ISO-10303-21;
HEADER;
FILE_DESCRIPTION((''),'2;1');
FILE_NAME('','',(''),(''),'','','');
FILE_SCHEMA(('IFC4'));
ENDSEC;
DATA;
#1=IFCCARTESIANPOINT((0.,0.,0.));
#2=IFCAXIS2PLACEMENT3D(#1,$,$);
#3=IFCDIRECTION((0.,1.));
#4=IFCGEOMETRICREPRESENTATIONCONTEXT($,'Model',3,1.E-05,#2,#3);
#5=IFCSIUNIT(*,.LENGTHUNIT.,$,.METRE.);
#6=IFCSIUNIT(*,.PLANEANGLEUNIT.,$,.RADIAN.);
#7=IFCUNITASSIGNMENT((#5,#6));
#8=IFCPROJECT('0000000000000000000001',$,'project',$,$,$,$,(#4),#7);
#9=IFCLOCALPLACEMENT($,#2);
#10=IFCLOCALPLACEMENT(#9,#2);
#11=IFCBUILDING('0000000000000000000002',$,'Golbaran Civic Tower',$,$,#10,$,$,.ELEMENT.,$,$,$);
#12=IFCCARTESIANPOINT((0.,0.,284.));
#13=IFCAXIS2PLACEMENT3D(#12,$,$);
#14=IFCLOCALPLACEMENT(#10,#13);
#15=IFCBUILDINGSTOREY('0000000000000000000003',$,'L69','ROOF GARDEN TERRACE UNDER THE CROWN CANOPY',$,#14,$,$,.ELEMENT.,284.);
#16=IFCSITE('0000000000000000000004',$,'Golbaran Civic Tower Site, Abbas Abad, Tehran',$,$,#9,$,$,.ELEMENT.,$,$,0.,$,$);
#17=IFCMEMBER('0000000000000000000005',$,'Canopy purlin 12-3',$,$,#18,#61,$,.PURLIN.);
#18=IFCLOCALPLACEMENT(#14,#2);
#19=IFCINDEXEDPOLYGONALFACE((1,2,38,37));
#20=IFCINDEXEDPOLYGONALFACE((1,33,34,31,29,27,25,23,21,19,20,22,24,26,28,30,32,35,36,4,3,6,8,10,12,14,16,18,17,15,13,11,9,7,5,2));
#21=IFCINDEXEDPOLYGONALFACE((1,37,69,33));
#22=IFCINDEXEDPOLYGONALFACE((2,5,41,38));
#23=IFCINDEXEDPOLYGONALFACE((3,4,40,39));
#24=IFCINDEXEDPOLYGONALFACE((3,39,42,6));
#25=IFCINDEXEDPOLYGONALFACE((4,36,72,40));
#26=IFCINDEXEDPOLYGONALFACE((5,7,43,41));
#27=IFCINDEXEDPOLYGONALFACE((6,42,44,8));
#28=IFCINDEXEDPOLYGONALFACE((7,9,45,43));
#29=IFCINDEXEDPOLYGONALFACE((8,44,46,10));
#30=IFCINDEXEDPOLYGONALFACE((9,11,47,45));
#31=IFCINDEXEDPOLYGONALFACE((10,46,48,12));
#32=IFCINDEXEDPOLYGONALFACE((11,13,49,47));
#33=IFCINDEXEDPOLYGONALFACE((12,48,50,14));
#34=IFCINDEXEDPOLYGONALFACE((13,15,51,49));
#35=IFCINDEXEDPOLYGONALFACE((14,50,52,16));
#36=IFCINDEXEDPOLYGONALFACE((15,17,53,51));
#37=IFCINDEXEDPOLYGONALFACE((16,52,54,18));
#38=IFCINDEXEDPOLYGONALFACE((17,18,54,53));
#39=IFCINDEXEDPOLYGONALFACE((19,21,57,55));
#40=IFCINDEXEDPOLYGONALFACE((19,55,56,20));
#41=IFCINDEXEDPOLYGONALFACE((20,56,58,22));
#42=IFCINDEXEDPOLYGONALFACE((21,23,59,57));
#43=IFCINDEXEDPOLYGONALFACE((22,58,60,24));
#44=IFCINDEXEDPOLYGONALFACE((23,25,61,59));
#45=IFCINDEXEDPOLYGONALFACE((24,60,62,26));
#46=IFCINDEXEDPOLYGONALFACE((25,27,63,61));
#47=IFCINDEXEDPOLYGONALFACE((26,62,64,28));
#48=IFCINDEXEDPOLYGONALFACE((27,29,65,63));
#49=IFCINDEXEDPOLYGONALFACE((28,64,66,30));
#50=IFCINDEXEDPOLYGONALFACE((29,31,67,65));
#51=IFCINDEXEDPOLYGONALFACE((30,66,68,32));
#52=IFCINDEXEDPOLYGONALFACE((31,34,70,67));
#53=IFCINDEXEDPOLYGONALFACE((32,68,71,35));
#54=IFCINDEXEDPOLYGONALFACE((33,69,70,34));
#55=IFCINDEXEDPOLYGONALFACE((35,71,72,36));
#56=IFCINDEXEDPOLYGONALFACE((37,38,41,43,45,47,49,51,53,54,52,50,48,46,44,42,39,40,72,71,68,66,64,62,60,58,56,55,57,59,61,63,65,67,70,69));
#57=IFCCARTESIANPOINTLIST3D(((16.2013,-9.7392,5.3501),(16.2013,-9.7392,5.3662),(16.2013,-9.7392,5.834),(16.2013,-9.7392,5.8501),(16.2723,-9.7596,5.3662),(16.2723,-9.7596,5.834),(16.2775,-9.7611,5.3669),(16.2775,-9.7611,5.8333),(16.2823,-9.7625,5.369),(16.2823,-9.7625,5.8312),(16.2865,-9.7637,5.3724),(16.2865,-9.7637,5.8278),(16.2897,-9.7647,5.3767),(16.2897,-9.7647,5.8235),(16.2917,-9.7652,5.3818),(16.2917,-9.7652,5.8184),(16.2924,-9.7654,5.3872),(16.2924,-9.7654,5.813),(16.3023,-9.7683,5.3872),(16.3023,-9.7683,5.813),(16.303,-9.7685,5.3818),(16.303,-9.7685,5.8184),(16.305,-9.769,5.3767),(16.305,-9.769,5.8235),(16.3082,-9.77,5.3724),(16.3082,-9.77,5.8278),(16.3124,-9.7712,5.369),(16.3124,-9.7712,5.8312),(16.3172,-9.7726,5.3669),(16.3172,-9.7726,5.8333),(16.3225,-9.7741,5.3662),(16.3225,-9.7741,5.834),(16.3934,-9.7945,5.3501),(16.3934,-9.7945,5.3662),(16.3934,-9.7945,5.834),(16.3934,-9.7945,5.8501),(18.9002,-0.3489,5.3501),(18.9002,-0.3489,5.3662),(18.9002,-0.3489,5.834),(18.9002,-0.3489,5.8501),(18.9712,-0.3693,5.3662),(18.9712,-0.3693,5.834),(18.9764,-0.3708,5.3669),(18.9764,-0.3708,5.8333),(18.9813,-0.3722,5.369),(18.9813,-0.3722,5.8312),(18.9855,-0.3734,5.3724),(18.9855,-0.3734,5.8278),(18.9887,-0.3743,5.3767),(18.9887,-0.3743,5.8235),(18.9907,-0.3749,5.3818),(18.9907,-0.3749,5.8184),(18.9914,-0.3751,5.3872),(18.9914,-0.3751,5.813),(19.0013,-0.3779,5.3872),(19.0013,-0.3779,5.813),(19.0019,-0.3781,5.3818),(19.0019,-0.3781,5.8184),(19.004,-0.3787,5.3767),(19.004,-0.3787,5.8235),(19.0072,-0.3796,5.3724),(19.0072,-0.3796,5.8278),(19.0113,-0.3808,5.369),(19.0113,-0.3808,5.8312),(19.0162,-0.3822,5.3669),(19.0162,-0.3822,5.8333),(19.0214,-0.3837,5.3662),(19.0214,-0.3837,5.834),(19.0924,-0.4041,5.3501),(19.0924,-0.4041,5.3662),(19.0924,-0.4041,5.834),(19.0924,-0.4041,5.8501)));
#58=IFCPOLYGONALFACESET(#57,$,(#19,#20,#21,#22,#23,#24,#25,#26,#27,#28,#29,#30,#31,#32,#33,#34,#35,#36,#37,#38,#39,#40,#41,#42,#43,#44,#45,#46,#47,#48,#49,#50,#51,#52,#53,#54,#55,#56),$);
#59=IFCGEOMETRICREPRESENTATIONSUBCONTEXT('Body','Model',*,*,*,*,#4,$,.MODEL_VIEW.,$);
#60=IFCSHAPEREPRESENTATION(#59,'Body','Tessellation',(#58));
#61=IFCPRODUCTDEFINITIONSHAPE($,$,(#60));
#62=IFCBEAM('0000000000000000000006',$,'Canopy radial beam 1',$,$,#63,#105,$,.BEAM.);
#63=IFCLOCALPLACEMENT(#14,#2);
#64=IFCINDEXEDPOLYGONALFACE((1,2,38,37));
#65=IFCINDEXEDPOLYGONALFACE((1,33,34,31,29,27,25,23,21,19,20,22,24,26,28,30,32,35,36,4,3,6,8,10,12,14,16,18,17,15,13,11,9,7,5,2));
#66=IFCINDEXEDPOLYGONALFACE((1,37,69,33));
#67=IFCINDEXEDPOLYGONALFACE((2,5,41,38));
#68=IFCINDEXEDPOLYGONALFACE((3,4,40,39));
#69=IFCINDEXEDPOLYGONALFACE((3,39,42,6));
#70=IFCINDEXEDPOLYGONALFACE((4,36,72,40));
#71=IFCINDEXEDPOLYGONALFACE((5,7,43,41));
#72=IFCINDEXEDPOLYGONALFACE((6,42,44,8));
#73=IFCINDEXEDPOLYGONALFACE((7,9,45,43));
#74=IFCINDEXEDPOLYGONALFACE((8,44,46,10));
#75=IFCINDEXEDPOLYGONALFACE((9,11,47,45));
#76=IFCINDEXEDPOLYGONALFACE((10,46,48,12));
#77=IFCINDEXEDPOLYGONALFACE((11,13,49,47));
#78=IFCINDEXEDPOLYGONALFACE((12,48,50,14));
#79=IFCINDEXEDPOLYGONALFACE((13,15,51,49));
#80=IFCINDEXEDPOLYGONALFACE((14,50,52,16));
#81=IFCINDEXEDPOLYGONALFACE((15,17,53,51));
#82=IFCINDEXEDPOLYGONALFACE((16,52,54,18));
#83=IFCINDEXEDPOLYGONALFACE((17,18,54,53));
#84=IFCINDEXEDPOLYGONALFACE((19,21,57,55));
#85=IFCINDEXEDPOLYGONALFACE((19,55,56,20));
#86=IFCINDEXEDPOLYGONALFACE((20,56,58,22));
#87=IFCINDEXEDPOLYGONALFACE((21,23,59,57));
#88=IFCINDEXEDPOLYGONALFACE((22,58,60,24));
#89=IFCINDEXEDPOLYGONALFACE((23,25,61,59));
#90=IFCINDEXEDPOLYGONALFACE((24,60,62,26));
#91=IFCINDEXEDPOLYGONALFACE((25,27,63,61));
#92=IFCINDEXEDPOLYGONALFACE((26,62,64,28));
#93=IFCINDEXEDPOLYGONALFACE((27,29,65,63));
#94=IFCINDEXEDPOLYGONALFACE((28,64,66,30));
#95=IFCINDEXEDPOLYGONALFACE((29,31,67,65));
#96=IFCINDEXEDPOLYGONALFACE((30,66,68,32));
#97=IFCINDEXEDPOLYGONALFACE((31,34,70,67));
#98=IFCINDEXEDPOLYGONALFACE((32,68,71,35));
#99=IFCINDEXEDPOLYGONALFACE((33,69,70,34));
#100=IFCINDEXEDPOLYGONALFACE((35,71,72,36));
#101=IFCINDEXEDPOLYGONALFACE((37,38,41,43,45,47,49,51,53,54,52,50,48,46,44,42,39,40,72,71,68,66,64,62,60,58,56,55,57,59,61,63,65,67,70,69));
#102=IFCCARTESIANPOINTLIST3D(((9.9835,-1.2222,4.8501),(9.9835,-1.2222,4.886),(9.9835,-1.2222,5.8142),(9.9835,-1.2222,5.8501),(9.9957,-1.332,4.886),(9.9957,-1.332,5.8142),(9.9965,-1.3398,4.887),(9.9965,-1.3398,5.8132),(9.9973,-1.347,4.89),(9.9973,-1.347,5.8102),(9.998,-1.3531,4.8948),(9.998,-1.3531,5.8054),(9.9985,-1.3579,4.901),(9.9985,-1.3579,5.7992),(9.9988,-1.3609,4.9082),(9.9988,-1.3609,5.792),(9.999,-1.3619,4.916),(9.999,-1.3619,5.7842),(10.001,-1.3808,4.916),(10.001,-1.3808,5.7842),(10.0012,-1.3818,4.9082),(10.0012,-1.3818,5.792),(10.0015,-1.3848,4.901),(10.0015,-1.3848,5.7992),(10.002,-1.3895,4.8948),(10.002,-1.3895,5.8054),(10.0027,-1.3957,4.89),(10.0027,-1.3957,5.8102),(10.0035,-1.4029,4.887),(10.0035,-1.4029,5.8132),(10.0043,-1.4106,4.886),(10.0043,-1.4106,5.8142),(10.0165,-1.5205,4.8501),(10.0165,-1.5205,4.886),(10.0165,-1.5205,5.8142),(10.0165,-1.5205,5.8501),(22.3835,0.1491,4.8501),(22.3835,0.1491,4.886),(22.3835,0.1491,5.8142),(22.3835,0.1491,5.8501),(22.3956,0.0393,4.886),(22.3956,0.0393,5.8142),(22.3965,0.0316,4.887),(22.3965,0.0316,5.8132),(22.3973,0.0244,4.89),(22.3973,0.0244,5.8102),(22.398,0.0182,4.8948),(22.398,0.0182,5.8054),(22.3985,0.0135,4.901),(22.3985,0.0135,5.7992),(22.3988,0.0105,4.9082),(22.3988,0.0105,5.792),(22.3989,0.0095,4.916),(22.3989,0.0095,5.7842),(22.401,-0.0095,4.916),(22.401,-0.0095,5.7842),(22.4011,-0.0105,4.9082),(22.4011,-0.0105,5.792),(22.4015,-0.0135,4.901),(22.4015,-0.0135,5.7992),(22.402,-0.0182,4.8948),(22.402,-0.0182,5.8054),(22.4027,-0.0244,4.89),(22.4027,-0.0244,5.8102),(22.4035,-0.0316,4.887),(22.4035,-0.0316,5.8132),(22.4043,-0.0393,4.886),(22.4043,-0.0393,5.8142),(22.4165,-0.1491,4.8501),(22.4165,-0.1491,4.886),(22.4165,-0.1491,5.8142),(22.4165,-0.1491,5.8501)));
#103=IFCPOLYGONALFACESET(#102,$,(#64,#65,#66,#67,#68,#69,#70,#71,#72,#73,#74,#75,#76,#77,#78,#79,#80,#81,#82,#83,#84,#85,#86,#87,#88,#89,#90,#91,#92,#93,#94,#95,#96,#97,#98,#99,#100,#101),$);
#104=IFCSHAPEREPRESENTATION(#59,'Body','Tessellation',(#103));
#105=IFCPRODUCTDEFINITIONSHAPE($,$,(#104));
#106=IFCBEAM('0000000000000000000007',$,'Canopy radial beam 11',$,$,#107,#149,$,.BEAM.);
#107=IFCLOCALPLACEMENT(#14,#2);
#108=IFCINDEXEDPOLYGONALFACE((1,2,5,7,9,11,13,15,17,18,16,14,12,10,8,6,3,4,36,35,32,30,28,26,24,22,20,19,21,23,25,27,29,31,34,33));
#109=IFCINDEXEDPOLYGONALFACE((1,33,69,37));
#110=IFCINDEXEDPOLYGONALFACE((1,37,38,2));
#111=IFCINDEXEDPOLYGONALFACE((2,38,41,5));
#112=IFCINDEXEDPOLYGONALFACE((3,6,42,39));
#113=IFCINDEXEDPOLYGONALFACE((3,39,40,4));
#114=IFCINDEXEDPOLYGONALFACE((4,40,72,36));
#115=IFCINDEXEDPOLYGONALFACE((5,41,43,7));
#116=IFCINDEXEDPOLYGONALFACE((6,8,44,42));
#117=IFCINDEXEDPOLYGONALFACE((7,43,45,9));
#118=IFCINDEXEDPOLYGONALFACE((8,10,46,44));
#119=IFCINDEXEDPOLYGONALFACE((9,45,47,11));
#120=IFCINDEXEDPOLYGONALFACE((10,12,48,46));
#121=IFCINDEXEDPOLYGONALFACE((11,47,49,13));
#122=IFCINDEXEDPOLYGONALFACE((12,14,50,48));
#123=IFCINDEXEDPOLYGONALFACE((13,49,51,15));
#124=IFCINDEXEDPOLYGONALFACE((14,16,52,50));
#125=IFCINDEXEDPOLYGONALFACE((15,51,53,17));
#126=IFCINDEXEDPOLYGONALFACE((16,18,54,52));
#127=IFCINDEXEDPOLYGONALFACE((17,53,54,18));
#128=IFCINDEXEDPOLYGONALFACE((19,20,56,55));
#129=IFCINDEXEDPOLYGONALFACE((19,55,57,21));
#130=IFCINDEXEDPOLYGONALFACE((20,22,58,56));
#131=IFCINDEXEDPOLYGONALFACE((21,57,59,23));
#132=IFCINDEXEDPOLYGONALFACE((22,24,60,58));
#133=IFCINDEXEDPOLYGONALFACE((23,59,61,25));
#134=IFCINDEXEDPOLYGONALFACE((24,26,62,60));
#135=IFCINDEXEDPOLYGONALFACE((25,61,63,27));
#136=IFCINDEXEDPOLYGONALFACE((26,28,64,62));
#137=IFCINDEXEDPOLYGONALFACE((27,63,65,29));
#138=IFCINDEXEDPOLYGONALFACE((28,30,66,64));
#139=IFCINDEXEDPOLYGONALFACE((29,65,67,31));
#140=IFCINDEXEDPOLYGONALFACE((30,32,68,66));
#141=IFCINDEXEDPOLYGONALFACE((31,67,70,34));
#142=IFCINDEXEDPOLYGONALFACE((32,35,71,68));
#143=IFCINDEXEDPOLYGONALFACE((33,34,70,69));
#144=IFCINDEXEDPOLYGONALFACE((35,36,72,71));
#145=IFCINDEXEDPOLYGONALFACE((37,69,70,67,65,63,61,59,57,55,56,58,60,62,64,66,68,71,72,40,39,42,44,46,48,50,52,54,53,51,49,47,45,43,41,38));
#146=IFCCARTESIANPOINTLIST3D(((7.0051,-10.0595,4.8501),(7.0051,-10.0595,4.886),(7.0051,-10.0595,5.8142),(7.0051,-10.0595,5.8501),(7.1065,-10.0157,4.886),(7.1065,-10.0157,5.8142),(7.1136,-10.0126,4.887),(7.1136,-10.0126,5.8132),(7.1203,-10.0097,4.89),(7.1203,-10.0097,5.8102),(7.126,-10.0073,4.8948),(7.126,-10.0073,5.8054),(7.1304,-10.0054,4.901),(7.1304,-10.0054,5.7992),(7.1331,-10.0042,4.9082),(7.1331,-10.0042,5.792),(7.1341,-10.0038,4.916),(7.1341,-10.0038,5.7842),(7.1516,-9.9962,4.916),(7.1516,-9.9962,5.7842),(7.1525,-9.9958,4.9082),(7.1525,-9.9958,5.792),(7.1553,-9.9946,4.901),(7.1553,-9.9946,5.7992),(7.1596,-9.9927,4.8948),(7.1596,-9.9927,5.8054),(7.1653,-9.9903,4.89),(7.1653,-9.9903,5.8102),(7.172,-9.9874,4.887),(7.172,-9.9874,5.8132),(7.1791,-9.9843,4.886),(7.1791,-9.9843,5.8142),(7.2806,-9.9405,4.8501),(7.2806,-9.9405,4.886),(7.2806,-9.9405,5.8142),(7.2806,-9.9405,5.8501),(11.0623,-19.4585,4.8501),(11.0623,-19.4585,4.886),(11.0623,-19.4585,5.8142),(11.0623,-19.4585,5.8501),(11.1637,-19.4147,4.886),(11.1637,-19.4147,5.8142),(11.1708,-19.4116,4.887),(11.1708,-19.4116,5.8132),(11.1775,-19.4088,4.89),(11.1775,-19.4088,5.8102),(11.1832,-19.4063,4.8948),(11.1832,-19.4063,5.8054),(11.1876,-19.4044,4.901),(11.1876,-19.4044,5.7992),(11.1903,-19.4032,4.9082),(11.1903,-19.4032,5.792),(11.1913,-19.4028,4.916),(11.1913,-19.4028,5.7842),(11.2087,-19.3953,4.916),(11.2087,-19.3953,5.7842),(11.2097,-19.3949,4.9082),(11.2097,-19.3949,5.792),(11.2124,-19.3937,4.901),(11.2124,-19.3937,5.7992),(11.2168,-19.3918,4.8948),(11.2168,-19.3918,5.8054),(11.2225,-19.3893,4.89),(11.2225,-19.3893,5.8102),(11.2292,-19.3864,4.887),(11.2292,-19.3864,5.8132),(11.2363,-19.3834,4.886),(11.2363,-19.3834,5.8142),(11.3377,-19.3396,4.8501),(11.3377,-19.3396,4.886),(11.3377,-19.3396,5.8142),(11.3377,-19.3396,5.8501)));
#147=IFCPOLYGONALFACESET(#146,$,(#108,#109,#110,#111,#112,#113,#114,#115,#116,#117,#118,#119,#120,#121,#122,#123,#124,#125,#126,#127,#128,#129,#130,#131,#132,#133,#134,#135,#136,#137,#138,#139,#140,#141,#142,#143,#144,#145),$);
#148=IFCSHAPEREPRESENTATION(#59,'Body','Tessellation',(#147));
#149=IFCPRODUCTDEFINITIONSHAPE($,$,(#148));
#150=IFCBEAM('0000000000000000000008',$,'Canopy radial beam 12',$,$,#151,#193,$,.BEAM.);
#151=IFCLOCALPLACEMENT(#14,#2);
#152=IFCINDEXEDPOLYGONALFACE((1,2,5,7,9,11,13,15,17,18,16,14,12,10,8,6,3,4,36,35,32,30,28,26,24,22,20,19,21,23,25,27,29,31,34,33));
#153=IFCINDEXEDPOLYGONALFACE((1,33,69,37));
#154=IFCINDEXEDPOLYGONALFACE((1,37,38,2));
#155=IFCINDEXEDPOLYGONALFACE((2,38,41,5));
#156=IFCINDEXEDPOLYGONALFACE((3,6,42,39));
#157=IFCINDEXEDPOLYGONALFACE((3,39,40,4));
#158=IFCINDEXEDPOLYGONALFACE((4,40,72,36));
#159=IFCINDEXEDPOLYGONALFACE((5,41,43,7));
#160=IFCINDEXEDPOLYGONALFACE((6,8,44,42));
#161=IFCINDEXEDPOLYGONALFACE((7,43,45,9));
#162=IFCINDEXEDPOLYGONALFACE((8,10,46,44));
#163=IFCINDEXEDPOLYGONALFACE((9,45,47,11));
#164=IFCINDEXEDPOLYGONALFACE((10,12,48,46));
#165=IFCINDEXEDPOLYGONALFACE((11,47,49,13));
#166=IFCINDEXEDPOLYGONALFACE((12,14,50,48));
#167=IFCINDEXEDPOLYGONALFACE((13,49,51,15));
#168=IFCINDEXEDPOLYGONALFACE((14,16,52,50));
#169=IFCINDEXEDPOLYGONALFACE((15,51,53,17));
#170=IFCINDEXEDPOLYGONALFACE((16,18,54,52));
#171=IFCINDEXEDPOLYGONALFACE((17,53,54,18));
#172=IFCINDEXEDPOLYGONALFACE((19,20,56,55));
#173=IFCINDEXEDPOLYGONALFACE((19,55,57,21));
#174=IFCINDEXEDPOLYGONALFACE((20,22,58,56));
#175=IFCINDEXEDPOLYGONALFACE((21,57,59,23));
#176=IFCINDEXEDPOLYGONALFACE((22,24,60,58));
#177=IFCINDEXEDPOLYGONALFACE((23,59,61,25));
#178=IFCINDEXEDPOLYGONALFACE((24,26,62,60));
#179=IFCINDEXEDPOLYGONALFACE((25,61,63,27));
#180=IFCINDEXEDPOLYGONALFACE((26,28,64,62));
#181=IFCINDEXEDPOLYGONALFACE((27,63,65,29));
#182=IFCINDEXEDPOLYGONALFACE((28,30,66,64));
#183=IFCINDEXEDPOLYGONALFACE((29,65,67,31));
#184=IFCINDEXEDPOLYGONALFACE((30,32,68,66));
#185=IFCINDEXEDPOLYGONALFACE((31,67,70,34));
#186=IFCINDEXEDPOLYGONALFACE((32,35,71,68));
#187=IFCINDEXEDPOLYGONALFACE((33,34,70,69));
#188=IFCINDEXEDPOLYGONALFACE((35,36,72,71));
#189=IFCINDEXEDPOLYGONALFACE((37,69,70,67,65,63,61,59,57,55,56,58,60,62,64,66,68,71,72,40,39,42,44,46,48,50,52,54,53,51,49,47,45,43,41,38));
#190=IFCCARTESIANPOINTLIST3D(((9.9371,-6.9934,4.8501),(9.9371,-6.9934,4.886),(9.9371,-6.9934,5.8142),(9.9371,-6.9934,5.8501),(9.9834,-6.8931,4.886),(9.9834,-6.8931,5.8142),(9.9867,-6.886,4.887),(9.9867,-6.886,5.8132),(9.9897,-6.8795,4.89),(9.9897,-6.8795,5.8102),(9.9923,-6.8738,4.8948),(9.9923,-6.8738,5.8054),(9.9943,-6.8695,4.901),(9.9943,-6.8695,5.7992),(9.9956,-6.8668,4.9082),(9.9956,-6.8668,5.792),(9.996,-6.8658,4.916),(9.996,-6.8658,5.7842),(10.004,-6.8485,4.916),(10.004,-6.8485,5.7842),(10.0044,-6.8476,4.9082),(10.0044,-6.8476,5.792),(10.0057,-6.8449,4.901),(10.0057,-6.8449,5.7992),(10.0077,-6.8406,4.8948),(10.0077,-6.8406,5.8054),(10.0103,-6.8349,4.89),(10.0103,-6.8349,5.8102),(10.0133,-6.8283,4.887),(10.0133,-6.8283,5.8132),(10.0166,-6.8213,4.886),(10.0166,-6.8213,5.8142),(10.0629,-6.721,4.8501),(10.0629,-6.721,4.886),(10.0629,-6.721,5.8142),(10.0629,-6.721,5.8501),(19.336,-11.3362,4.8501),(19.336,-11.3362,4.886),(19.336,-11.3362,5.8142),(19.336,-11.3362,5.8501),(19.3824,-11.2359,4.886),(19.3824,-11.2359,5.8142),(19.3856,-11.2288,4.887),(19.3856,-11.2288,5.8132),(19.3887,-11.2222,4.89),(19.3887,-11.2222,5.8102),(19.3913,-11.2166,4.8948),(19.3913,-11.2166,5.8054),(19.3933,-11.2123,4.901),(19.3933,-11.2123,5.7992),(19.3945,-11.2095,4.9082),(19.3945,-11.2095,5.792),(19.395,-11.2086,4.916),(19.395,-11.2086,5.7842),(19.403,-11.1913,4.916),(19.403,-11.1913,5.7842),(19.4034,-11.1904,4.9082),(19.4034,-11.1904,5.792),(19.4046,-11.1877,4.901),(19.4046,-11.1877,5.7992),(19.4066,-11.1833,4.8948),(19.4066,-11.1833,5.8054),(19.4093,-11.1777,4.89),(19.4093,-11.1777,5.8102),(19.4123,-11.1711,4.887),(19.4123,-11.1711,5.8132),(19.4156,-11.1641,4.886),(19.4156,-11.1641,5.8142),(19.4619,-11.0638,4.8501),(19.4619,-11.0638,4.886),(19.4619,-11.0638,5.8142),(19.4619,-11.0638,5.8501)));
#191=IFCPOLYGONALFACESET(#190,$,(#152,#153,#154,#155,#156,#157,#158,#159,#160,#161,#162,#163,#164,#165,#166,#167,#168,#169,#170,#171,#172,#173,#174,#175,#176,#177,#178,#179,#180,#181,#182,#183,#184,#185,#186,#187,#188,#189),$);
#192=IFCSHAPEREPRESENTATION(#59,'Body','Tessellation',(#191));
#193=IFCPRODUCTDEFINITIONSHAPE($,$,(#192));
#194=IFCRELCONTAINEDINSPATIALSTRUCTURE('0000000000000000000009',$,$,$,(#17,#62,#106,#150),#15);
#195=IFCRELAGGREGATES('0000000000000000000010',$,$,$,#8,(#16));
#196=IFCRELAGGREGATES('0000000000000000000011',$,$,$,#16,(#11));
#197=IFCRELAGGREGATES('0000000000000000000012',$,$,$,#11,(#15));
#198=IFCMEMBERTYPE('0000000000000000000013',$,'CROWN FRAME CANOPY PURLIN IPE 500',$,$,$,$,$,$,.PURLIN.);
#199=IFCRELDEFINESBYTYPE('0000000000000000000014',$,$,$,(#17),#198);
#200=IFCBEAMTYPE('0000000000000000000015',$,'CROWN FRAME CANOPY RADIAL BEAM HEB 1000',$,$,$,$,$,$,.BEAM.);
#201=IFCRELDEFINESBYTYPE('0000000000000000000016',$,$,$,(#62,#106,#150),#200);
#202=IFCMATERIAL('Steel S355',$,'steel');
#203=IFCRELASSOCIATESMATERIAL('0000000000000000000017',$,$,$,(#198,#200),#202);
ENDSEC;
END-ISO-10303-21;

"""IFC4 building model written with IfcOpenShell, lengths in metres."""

from ifc_helpers import new_model, si_unit, direction, frame, origin, origin_2d, place, context, subcontext, project, spatial, i_section, extrude, material, material_profile, profile_set, type_object, element, save


model = new_model("IFC4")

# Units and contexts
model_context = context("Model", 3, precision=1e-05, world=origin(), true_north=direction((0.0, 1.0)))
body_context = subcontext(model_context, "Body", "Model", "MODEL_VIEW")
ifc_project = project(units=[si_unit("LENGTHUNIT", "METRE"), si_unit("PLANEANGLEUNIT", "RADIAN")], contexts=[model_context])

# Site, building, storey
site_placement = place(None, origin())
site = spatial("IfcSite", under=ifc_project, at=site_placement, Name="Golbaran Civic Tower Site, Abbas Abad, Tehran", CompositionType="ELEMENT", RefElevation=0.0)
building_placement = place(site_placement, origin())
building = spatial("IfcBuilding", under=site, at=building_placement, Name="Golbaran Civic Tower", CompositionType="ELEMENT")
storey_placement = place(building_placement, frame((0.0, 0.0, 284.0)))
storey = spatial("IfcBuildingStorey", under=building, at=storey_placement, Name="L69", Description="ROOF GARDEN TERRACE UNDER THE CROWN CANOPY", CompositionType="ELEMENT", Elevation=284.0)

# Member
ifc_material_1 = material(Name="Steel S355", Category="steel")
ifc_material_profile_1 = material_profile(ifc_material_1, i_section(OverallWidth=0.2, OverallDepth=0.5, WebThickness=0.0103, FlangeThickness=0.0161, FilletRadius=0.021, at=origin_2d()), Name="IPE 500")
ifc_profile_set_1 = profile_set([ifc_material_profile_1], Name="Steel S355")
member_type_1 = type_object("IfcMemberType", Name="CROWN FRAME CANOPY PURLIN IPE 500", PredefinedType="PURLIN", material=ifc_profile_set_1)
member_1_placement = place(storey_placement, frame((16.2974, -9.7668, 5.6001), z_axis=(0.276236, 0.96109, 0.0), x_axis=(-0.96109, 0.276236, 0.0)))
element("IfcMember", 1, at=member_1_placement, inside=storey, type_object=member_type_1, Name="Canopy purlin 12-3", PredefinedType="PURLIN", context=body_context, shape_type="SweptSolid", body=[
    extrude(i_section(OverallWidth=0.2, OverallDepth=0.5, WebThickness=0.0103, FlangeThickness=0.0161, FilletRadius=0.021, at=origin_2d()), origin(), (0.0, 0.0, 1.0), 9.7705),
])

# Beams
ifc_material_profile_2 = material_profile(ifc_material_1, i_section(OverallWidth=0.3, OverallDepth=1.0, WebThickness=0.019, FlangeThickness=0.0359, FilletRadius=0.03, at=origin_2d()), Name="HEB 1000")
ifc_profile_set_2 = profile_set([ifc_material_profile_2], Name="Steel S355")
beam_type_1 = type_object("IfcBeamType", Name="CROWN FRAME CANOPY RADIAL BEAM HEB 1000", PredefinedType="BEAM", material=ifc_profile_set_2)
beam_1_placement = place(storey_placement, frame((10.0, -1.3713, 5.3501), z_axis=(0.99394, 0.109922, 0.0), x_axis=(-0.109922, 0.99394, 0.0)))
element("IfcBeam", 2, at=beam_1_placement, inside=storey, type_object=beam_type_1, Name="Canopy radial beam 1", PredefinedType="BEAM", context=body_context, shape_type="SweptSolid", body=[
    extrude(i_section(OverallWidth=0.3, OverallDepth=1.0, WebThickness=0.019, FlangeThickness=0.0359, FilletRadius=0.03, at=origin_2d()), origin(), (0.0, 0.0, 1.0), 12.4756),
])
beam_2_placement = place(storey_placement, frame((7.1428, -10.0, 5.3501), z_axis=(0.396313, -0.918116, 0.0), x_axis=(0.918116, 0.396313, 0.0)))
element("IfcBeam", 3, at=beam_2_placement, inside=storey, type_object=beam_type_1, Name="Canopy radial beam 11", PredefinedType="BEAM", context=body_context, shape_type="SweptSolid", body=[
    extrude(i_section(OverallWidth=0.3, OverallDepth=1.0, WebThickness=0.019, FlangeThickness=0.0359, FilletRadius=0.03, at=origin_2d()), origin(), (0.0, 0.0, 1.0), 10.2373),
])
beam_3_placement = place(storey_placement, frame((10.0, -6.8572, 5.3501), z_axis=(0.907783, -0.419441, 0.0), x_axis=(0.419441, 0.907783, 0.0)))
element("IfcBeam", 4, at=beam_3_placement, inside=storey, type_object=beam_type_1, Name="Canopy radial beam 12", PredefinedType="BEAM", context=body_context, shape_type="SweptSolid", body=[
    extrude(i_section(OverallWidth=0.3, OverallDepth=1.0, WebThickness=0.019, FlangeThickness=0.0359, FilletRadius=0.03, at=origin_2d()), origin(), (0.0, 0.0, 1.0), 10.3538),
])

save(model, "model.ifc")
